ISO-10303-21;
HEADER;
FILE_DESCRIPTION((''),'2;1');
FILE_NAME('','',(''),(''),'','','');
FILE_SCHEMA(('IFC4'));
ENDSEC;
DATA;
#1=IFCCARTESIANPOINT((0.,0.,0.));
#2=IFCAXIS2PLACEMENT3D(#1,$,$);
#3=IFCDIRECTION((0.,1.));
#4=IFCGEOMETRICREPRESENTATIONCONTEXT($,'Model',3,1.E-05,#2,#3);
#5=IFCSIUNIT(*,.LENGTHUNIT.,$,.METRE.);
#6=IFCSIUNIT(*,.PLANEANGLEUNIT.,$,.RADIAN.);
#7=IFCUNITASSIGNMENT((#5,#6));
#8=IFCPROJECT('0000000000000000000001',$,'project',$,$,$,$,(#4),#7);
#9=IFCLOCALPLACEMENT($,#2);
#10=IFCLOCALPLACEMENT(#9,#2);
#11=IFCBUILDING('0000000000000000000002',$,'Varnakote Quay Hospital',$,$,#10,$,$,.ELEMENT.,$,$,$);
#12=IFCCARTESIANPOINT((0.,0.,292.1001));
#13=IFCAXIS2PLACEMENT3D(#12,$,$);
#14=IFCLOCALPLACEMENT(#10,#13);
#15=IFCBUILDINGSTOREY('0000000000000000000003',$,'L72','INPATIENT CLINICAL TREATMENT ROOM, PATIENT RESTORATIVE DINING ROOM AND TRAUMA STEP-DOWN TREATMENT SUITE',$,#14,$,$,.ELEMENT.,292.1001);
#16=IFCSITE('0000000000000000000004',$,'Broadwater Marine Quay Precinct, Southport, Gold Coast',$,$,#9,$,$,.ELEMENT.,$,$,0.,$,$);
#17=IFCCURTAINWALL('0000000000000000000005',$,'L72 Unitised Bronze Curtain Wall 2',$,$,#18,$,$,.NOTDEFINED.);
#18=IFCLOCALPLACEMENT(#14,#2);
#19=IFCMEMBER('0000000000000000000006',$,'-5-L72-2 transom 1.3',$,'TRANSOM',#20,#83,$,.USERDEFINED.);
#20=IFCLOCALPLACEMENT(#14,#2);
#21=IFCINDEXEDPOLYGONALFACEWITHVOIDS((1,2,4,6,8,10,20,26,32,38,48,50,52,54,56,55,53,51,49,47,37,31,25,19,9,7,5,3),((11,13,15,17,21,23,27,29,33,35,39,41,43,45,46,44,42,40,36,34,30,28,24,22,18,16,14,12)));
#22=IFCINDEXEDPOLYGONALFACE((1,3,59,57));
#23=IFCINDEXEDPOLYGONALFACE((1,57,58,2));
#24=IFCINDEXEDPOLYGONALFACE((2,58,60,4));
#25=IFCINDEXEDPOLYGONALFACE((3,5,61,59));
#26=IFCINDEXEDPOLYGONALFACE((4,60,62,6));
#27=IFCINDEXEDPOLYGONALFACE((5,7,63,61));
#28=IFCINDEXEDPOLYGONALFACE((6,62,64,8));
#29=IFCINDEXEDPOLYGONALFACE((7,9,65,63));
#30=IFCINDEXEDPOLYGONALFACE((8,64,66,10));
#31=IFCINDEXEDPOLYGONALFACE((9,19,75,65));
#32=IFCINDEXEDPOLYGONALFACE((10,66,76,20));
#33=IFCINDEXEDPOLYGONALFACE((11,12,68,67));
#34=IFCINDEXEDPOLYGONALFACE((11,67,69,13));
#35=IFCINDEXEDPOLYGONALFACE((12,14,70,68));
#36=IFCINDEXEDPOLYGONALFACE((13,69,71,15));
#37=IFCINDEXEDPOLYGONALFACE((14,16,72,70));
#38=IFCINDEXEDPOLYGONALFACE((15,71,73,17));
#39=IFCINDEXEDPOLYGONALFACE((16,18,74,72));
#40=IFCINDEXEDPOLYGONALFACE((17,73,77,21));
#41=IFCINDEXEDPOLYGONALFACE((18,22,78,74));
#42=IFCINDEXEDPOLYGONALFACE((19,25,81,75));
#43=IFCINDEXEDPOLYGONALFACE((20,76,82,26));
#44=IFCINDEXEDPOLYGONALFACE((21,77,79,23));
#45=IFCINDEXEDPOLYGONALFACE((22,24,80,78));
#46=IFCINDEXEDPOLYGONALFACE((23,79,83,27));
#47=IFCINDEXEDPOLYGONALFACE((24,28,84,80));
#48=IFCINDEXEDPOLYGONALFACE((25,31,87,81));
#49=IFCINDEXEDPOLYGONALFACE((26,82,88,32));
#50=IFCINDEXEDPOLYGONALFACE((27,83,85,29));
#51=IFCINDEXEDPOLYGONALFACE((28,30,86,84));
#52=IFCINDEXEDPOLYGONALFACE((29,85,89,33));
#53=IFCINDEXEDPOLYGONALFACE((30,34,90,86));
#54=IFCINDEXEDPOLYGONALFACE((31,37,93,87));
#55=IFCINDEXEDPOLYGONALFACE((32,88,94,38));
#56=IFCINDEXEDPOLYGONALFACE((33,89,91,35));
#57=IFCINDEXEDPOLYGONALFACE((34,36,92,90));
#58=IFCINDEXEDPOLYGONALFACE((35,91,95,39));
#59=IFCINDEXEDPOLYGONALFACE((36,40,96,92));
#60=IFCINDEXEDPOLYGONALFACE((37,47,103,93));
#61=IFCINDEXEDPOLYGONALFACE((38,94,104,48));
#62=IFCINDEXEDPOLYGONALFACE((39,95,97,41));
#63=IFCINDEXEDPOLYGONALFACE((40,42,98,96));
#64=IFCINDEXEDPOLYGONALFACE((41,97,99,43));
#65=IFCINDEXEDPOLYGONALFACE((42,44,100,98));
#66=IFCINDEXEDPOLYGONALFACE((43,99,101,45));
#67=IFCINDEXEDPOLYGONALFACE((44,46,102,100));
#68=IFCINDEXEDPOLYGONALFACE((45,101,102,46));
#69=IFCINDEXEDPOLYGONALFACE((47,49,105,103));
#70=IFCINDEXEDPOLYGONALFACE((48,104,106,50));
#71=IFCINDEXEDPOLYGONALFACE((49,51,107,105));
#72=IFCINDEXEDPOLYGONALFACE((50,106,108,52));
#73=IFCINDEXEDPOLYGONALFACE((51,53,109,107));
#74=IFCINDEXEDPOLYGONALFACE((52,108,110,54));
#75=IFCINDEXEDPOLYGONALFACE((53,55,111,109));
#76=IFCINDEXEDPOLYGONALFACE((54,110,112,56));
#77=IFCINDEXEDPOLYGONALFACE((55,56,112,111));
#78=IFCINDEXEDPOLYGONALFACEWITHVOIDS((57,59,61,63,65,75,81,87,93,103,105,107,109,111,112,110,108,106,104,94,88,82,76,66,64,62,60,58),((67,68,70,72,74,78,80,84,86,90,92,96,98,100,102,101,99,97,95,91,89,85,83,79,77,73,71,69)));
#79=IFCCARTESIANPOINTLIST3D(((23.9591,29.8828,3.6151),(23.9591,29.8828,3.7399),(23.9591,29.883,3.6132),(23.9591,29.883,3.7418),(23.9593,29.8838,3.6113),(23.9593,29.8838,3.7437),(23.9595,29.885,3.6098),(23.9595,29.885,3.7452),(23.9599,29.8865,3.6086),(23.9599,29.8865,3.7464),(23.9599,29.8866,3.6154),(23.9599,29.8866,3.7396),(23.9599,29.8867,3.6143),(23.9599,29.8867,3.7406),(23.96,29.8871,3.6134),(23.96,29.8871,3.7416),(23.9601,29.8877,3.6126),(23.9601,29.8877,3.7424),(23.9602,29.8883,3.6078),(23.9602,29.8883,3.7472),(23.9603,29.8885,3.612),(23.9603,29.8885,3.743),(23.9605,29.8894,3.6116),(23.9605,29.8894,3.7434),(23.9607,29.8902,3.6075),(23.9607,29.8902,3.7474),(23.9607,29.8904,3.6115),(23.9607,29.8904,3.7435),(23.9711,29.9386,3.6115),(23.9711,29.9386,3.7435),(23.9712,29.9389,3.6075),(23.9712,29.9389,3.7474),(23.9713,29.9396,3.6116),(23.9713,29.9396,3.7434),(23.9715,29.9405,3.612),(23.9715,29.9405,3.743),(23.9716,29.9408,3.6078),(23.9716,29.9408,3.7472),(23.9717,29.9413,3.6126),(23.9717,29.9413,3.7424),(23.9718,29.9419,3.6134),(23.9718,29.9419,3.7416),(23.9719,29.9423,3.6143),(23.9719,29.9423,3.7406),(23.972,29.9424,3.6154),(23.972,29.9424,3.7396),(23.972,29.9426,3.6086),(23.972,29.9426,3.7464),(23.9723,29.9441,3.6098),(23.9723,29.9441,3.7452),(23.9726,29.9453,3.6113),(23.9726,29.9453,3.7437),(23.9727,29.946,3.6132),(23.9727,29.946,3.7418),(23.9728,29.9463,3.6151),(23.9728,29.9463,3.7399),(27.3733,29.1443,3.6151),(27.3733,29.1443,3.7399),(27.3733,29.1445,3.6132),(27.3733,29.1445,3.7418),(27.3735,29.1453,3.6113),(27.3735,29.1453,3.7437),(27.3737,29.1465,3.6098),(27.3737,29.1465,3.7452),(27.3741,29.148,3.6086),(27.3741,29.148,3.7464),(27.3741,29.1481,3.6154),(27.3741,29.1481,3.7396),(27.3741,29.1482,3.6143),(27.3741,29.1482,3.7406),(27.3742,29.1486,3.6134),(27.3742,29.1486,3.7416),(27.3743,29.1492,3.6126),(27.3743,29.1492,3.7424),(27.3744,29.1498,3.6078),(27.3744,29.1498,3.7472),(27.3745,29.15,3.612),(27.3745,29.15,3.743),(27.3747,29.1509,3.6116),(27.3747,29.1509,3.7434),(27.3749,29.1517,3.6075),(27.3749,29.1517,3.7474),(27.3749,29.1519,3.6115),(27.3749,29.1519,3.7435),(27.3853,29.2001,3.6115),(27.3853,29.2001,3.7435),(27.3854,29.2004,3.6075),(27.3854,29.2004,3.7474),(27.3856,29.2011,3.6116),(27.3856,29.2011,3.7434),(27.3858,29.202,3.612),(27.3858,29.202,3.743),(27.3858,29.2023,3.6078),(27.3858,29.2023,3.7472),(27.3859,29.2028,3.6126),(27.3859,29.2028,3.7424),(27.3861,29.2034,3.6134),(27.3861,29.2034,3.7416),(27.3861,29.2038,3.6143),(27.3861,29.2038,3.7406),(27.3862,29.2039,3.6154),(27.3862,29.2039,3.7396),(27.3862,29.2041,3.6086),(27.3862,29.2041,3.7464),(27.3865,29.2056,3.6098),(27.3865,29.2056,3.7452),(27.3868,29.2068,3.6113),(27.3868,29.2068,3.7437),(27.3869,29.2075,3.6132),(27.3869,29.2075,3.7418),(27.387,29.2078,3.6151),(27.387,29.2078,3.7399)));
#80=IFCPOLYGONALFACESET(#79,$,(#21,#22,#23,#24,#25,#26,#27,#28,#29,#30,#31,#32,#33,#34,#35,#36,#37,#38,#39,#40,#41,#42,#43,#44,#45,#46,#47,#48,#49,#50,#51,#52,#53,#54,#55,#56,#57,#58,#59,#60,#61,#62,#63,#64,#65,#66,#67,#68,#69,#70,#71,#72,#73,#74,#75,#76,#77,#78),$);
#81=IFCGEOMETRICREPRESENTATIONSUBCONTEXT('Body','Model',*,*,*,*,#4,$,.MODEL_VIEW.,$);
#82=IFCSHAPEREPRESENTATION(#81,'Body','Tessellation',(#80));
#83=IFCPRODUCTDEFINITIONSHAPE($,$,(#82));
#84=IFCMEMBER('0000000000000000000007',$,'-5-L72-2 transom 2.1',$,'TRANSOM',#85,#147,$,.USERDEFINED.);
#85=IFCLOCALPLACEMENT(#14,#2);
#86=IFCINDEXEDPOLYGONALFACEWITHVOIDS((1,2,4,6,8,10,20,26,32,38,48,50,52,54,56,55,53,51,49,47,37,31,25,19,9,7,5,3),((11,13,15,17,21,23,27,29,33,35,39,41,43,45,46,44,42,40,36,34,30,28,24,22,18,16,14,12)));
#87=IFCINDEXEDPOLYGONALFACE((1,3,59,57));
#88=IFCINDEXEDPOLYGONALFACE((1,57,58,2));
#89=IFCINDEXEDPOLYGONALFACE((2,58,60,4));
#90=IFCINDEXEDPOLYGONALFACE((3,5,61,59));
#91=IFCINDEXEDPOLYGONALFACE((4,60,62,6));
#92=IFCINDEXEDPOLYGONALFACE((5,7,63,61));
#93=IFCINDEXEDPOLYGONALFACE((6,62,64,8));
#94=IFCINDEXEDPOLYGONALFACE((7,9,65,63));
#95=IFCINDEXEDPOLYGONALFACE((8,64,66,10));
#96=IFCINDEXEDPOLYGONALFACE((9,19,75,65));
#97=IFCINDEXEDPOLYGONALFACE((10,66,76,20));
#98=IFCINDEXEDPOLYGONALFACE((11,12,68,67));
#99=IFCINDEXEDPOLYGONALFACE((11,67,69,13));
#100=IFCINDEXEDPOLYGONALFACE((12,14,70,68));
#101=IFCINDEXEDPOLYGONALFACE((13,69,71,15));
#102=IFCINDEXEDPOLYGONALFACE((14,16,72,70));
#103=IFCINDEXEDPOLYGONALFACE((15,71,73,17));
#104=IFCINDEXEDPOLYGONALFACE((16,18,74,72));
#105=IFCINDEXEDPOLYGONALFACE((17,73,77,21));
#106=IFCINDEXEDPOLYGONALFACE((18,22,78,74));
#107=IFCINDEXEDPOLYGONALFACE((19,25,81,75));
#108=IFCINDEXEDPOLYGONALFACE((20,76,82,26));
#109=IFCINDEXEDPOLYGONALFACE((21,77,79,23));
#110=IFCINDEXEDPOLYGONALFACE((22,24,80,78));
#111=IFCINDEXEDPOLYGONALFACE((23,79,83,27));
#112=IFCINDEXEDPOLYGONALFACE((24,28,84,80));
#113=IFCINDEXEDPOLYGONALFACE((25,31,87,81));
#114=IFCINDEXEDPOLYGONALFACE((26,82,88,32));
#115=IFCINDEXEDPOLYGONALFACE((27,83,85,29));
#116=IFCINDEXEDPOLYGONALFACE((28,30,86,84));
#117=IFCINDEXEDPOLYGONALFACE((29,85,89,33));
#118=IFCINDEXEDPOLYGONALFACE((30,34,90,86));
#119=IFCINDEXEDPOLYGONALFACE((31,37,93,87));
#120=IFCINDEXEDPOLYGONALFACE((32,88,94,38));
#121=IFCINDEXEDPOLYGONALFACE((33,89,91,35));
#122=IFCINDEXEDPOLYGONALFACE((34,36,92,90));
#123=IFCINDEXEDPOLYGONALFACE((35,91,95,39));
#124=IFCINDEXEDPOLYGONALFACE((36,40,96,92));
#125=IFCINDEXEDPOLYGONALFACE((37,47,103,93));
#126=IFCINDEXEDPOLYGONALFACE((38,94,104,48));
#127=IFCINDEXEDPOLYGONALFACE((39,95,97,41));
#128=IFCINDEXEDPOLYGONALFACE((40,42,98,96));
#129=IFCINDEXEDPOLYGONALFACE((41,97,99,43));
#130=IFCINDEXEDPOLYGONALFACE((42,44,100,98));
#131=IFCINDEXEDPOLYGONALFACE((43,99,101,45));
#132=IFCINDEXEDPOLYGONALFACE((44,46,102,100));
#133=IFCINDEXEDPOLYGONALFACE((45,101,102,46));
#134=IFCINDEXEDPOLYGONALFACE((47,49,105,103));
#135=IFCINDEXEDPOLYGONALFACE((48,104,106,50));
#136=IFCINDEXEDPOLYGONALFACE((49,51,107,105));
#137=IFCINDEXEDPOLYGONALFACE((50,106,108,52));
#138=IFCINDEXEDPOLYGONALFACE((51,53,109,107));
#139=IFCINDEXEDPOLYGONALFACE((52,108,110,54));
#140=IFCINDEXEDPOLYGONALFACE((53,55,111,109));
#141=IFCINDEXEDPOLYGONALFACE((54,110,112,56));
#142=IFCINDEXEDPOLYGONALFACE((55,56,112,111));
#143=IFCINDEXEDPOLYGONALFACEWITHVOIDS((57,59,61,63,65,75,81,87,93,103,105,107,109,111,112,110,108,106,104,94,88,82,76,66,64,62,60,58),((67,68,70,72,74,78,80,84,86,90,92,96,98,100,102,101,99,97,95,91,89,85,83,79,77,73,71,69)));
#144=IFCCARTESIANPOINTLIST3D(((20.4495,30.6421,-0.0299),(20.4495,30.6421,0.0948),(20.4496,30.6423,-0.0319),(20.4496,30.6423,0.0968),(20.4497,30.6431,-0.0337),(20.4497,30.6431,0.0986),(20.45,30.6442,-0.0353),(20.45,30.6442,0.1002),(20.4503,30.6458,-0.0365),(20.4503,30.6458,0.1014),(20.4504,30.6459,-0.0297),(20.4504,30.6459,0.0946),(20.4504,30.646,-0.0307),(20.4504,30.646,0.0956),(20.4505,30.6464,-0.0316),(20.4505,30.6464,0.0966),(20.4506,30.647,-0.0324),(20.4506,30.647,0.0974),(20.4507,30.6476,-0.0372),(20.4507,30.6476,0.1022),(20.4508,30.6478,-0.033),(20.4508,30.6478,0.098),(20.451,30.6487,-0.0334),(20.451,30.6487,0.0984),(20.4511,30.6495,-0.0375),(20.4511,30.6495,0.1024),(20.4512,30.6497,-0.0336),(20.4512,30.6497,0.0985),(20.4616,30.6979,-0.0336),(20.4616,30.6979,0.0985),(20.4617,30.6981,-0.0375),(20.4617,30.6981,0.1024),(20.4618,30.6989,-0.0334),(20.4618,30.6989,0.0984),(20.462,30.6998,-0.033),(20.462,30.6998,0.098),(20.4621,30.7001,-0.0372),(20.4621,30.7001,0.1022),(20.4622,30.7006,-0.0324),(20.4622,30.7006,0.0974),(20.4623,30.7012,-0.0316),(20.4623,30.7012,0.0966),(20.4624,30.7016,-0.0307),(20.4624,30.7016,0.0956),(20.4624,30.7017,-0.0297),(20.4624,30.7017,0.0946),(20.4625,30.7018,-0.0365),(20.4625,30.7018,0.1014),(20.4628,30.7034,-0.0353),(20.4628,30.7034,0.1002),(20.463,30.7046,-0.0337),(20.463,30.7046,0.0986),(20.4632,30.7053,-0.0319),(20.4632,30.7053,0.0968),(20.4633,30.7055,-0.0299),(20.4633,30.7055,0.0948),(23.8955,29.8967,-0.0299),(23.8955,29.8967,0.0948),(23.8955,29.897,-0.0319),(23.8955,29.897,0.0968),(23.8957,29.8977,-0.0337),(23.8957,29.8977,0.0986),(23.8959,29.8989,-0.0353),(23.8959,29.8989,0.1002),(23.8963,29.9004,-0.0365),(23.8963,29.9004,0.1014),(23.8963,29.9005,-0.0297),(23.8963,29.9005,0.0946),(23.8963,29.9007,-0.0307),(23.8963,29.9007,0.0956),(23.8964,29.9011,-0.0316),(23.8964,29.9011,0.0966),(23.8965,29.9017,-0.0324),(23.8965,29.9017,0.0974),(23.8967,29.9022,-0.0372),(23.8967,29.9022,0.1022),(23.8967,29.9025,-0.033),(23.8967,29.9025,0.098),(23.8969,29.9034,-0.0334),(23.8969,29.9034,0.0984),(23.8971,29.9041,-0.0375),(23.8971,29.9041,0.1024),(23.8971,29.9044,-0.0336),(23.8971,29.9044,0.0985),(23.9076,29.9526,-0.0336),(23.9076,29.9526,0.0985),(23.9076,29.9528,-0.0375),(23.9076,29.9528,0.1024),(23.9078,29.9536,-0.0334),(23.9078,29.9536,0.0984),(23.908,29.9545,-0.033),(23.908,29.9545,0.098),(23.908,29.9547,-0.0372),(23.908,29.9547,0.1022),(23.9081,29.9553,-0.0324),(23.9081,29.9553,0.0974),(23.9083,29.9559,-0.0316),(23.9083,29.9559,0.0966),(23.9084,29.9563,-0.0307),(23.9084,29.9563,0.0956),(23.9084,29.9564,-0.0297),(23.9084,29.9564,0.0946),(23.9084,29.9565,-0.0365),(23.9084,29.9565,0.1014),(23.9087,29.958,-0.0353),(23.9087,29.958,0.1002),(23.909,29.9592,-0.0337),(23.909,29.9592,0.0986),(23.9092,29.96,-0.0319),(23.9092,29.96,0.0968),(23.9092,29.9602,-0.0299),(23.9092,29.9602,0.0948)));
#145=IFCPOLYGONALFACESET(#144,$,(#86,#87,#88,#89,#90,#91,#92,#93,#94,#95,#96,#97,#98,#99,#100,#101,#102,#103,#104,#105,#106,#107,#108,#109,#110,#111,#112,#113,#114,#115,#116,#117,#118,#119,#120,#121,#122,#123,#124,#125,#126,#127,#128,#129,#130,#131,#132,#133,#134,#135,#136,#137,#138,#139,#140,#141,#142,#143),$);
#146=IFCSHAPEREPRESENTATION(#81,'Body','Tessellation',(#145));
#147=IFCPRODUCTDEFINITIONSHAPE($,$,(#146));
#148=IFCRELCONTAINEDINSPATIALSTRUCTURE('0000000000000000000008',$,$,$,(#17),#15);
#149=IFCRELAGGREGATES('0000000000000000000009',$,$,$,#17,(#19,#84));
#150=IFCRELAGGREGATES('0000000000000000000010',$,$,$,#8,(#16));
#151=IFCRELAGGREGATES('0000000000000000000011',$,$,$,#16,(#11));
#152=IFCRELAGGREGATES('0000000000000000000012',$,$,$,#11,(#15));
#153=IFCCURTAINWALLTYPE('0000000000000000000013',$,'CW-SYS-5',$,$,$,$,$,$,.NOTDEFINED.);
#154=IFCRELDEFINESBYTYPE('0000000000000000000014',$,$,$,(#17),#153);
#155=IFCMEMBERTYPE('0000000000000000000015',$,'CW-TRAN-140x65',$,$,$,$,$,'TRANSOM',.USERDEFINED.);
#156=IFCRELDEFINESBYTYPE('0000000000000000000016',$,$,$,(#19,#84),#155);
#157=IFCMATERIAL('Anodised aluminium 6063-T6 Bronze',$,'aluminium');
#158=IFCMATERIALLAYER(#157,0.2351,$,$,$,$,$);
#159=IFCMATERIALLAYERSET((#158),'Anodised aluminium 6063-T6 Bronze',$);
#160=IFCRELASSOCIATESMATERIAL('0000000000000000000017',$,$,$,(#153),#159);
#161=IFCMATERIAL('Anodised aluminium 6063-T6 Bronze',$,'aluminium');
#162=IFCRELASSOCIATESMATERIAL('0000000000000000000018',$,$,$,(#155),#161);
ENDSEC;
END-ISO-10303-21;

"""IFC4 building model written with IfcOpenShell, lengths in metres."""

from ifc_helpers import new_model, si_unit, direction, frame, origin, origin_2d, place, context, subcontext, project, spatial, hollow_rectangle, extrude, material, layer, layer_set, material_profile, profile_set, type_object, element, aggregate, save


model = new_model("IFC4")

# Units and contexts
model_context = context("Model", 3, precision=1e-05, world=origin(), true_north=direction((0.0, 1.0)))
body_context = subcontext(model_context, "Body", "Model", "MODEL_VIEW")
ifc_project = project(units=[si_unit("LENGTHUNIT", "METRE"), si_unit("PLANEANGLEUNIT", "RADIAN")], contexts=[model_context])

# Site, building, storey
site_placement = place(None, origin())
site = spatial("IfcSite", under=ifc_project, at=site_placement, Name="Broadwater Marine Quay Precinct, Southport, Gold Coast", CompositionType="ELEMENT", RefElevation=0.0)
building_placement = place(site_placement, origin())
building = spatial("IfcBuilding", under=site, at=building_placement, Name="Varnakote Quay Hospital", CompositionType="ELEMENT")
storey_placement = place(building_placement, frame((0.0, 0.0, 292.1001)))
storey = spatial("IfcBuildingStorey", under=building, at=storey_placement, Name="L72", Description="INPATIENT CLINICAL TREATMENT ROOM, PATIENT RESTORATIVE DINING ROOM AND TRAUMA STEP-DOWN TREATMENT SUITE", CompositionType="ELEMENT", Elevation=292.1001)

# Shared definitions
ifc_material_1 = material(Name="Anodised aluminium 6063-T6 Bronze", Category="aluminium")
ifc_layer_1 = layer(ifc_material_1, 0.2351)
ifc_layer_set_1 = layer_set([ifc_layer_1], Name="Anodised aluminium 6063-T6 Bronze")
curtain_wall_type = type_object("IfcCurtainWallType", Name="CW-SYS-5", PredefinedType="NOTDEFINED", material=ifc_layer_set_1)

# Curtain wall, members
curtain_wall_1_placement = place(storey_placement, origin())
curtain_wall_1 = element("IfcCurtainWall", 1, at=curtain_wall_1_placement, inside=storey, type_object=curtain_wall_type, Name="L72 Unitised Bronze Curtain Wall 2", PredefinedType="NOTDEFINED")
ifc_material_2 = material(Name="Anodised aluminium 6063-T6 Bronze", Category="aluminium")
ifc_material_profile_1 = material_profile(ifc_material_2, hollow_rectangle(XDim=0.0649, YDim=0.1399, WallThickness=0.0039, InnerFilletRadius=0.0039, OuterFilletRadius=0.0076, at=origin_2d()), Name="CW-TRAN-140x65")
ifc_profile_set_1 = profile_set([ifc_material_profile_1], Name="Anodised aluminium 6063-T6 Bronze")
member_type_1 = type_object("IfcMemberType", Name="CW-TRAN-140x65", ElementType="TRANSOM", PredefinedType="USERDEFINED", material=ifc_profile_set_1)
member_1_placement = place(storey_placement, frame((27.3801, 29.176, 3.6775), z_axis=(-0.977397, 0.211414, 0.0), x_axis=(-0.211414, -0.977397, 0.0)))
member_1 = element("IfcMember", 2, at=member_1_placement, type_object=member_type_1, Name="-5-L72-2 transom 1.3", ObjectType="TRANSOM", PredefinedType="USERDEFINED", context=body_context, shape_type="SweptSolid", body=[
    extrude(hollow_rectangle(XDim=0.0649, YDim=0.1399, WallThickness=0.0039, InnerFilletRadius=0.0039, OuterFilletRadius=0.0076, at=origin_2d()), origin(), (0.0, 0.0, 1.0), 3.4932),
])
member_2_placement = place(storey_placement, frame((23.9023, 29.9285, 0.0325), z_axis=(-0.977398, 0.211406, 0.0), x_axis=(-0.211406, -0.977398, 0.0)))
member_2 = element("IfcMember", 3, at=member_2_placement, type_object=member_type_1, Name="-5-L72-2 transom 2.1", ObjectType="TRANSOM", PredefinedType="USERDEFINED", context=body_context, shape_type="SweptSolid", body=[
    extrude(hollow_rectangle(XDim=0.0649, YDim=0.1399, WallThickness=0.0039, InnerFilletRadius=0.0039, OuterFilletRadius=0.0076, at=origin_2d()), origin(), (0.0, 0.0, 1.0), 3.5256),
])

aggregate(curtain_wall_1, [member_1, member_2])

save(model, "model.ifc")
